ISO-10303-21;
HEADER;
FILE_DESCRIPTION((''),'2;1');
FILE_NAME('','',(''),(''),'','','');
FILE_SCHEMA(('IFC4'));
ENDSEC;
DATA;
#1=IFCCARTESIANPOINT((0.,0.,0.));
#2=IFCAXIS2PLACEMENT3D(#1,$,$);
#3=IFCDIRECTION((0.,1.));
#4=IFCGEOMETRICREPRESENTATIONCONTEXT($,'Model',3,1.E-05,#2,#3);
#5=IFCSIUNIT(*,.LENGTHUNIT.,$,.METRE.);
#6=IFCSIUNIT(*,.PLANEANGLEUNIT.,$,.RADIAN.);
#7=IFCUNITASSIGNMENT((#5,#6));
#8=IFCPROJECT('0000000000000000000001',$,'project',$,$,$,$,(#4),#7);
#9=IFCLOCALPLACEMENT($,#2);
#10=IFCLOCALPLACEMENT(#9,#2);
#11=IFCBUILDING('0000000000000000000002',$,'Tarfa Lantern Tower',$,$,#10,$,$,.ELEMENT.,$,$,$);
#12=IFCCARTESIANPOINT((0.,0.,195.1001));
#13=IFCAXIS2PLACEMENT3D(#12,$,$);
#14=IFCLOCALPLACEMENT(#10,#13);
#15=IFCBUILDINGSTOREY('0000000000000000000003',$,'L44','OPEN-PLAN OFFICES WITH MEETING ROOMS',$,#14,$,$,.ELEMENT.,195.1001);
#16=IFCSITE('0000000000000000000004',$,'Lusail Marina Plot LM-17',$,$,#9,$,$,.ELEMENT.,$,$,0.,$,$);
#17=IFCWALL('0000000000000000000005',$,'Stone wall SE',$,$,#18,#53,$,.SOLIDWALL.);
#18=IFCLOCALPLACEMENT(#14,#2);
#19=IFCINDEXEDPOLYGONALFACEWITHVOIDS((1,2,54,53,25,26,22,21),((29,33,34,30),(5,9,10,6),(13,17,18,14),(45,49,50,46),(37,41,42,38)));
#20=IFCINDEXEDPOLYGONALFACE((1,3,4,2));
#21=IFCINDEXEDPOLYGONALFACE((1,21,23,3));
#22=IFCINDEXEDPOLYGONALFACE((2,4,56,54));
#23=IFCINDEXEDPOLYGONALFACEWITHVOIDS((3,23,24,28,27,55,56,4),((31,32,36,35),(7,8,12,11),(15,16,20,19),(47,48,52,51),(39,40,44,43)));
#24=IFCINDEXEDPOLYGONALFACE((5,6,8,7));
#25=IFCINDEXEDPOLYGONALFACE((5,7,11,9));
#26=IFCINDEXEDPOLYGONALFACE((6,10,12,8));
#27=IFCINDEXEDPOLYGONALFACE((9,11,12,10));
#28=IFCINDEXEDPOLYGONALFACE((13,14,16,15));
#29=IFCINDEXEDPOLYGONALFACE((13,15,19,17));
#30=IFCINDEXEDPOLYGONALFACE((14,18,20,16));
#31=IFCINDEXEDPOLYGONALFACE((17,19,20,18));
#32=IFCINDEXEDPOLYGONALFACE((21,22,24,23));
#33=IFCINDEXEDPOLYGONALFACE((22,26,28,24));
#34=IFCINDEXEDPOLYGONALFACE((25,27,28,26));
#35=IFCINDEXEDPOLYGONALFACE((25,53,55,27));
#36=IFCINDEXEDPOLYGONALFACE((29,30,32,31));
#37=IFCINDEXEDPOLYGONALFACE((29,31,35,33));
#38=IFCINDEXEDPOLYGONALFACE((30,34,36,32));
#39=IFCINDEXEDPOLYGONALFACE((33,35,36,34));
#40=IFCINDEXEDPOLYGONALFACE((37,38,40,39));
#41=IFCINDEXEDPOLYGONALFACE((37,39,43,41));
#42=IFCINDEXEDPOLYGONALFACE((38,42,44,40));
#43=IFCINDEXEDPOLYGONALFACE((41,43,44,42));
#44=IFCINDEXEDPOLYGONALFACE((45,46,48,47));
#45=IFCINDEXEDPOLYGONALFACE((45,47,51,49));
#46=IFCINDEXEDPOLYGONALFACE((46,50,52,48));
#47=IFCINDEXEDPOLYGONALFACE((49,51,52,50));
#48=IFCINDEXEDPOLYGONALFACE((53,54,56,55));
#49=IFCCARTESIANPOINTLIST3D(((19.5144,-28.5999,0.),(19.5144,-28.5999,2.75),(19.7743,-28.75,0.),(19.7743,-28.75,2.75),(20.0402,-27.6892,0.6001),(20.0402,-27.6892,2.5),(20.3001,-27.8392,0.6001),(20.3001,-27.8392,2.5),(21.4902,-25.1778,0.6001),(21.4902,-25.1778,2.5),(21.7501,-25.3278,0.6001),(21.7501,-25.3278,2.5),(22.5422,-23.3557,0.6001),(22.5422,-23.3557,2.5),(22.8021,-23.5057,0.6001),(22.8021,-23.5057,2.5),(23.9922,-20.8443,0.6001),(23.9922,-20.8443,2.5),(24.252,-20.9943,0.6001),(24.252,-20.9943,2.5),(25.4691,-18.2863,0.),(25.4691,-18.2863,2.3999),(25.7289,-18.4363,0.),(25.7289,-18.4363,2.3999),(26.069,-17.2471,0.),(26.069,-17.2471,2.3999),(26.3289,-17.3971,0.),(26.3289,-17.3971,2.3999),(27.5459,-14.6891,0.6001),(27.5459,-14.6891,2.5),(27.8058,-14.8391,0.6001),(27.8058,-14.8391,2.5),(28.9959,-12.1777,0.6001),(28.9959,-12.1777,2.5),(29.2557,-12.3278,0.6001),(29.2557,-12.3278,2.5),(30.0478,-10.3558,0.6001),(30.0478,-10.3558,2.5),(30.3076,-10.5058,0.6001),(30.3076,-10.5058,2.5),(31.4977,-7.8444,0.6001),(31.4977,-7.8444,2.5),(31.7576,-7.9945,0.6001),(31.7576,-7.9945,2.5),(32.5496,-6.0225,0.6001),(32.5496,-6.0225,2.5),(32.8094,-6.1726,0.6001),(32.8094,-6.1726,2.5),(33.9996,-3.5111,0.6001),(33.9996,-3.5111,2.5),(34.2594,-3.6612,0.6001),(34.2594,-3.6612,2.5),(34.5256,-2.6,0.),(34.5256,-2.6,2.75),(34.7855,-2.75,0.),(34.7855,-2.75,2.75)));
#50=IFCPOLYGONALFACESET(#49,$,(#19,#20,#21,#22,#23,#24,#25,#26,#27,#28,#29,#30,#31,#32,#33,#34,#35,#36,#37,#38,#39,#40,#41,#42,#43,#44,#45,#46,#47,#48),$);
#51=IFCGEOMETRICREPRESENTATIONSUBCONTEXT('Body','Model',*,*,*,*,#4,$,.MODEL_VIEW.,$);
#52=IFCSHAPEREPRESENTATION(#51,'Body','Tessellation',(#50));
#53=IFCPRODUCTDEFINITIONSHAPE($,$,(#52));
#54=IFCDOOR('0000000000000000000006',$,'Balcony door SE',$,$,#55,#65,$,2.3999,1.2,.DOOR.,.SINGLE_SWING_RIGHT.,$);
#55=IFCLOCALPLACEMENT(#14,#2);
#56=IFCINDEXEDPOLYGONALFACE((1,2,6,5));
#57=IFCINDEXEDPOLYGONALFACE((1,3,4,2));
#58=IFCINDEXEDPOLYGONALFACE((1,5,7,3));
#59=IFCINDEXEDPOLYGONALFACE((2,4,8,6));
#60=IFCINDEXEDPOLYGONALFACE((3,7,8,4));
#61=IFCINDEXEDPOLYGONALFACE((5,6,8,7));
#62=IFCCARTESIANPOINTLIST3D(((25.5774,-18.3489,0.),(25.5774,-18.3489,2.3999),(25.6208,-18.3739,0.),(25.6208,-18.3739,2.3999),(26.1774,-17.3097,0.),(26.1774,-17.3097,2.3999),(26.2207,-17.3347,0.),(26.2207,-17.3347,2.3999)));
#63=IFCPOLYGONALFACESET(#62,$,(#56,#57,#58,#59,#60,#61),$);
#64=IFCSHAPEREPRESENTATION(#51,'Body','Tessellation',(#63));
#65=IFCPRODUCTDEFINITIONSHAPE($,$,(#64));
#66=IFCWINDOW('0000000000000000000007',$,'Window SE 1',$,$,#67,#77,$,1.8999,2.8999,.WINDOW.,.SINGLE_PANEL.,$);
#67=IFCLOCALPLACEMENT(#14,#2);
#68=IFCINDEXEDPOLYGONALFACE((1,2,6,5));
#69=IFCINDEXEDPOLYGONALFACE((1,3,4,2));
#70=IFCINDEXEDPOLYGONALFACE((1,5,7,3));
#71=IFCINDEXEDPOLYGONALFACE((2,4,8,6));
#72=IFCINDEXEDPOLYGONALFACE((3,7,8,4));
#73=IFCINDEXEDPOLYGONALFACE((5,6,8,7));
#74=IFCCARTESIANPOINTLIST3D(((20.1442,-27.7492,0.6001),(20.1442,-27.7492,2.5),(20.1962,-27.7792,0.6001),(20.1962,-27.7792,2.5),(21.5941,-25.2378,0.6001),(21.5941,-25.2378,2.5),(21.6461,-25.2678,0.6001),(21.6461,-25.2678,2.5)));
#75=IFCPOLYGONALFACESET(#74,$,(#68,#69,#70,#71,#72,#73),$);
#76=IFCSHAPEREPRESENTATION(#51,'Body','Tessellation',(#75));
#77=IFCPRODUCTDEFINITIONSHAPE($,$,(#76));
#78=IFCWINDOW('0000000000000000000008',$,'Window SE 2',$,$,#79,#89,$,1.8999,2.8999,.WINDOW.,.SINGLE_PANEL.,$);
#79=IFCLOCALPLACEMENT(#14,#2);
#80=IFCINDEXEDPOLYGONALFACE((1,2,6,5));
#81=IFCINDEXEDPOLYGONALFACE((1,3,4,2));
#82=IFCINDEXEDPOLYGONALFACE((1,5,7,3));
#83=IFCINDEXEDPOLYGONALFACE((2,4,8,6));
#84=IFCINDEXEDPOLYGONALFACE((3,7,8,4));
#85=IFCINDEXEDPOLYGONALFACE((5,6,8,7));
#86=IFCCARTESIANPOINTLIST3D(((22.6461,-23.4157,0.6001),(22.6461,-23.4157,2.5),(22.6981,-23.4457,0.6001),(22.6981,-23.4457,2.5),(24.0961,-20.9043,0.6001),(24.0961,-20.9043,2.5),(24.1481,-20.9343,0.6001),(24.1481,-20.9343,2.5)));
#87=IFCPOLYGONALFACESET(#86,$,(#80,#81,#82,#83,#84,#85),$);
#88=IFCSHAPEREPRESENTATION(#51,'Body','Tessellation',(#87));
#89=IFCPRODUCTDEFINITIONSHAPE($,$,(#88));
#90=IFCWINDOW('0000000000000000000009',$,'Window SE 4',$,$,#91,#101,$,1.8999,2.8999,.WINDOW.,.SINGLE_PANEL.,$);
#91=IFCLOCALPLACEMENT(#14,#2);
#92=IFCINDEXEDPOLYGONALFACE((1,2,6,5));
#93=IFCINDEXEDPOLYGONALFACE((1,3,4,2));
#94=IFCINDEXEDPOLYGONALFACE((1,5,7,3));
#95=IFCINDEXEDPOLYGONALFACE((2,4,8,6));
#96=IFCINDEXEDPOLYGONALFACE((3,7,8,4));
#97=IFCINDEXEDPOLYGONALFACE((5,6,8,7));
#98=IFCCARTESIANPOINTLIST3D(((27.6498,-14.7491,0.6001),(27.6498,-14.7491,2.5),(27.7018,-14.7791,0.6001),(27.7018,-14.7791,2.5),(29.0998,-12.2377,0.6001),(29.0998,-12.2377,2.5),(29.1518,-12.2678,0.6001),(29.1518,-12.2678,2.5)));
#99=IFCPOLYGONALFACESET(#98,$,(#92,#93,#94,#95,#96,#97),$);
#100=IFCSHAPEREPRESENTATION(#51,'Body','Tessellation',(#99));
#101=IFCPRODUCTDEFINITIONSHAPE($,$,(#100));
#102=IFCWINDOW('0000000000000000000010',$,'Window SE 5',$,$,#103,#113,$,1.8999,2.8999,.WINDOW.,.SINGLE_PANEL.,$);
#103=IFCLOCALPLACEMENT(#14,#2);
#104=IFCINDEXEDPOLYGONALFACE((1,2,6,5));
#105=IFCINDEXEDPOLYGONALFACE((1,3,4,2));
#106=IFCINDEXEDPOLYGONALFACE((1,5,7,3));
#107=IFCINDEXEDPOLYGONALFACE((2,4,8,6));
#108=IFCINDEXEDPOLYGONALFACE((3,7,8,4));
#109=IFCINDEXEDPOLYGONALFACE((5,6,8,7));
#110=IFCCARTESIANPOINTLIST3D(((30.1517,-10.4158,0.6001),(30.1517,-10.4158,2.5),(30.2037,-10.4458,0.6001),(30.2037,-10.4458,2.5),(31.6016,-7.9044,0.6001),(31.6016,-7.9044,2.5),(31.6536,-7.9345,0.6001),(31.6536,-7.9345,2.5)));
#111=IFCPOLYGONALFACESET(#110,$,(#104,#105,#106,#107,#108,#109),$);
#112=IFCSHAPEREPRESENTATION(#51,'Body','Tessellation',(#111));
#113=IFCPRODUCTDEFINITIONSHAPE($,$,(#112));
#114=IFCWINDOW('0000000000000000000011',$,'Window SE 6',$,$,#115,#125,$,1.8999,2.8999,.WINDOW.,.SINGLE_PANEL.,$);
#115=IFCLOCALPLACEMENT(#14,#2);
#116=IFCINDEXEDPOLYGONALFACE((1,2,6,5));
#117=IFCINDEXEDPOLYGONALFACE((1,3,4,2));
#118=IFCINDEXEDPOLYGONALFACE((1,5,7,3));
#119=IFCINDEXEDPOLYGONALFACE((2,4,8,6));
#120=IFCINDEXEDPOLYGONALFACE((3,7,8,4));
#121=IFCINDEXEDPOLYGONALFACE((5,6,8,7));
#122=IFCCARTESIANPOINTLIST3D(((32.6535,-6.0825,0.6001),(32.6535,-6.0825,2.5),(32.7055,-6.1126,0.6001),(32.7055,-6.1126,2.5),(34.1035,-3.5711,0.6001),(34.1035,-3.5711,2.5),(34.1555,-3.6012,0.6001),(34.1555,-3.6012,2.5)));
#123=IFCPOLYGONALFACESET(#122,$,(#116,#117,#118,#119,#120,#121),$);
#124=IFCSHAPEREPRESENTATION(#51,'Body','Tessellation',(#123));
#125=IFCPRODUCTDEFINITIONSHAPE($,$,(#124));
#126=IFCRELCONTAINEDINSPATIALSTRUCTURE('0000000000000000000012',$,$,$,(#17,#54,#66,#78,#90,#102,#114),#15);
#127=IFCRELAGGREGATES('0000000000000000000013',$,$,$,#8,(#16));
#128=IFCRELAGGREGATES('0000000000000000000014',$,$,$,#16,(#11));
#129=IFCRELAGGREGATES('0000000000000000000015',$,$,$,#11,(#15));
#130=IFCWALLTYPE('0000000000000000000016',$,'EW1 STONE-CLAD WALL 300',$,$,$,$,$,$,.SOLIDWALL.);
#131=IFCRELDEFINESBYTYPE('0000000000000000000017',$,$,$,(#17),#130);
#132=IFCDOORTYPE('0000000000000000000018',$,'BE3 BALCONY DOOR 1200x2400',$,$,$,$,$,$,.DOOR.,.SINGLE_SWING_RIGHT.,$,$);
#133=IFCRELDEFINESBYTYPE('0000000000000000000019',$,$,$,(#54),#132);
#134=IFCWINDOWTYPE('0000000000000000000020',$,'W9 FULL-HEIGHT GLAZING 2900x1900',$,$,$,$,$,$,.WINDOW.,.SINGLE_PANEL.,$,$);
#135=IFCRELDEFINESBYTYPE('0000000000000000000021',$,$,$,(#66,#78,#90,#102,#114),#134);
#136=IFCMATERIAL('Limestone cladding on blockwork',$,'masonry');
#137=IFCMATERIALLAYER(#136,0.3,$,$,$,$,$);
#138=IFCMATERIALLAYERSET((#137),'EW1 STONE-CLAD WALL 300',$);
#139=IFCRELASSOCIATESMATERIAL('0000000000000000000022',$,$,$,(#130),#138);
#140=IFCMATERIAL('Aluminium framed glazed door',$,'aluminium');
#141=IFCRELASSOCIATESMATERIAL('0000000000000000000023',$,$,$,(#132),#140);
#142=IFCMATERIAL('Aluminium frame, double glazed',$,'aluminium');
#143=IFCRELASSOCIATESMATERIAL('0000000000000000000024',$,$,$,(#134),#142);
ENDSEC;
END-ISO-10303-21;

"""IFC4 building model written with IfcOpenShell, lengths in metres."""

from ifc_helpers import new_model, si_unit, direction, frame, frame_2d, origin, place, context, subcontext, project, spatial, rectangle, extrude, material, layer, layer_set, type_object, element, fill, save


model = new_model("IFC4")

# Units and contexts
model_context = context("Model", 3, precision=1e-05, world=origin(), true_north=direction((0.0, 1.0)))
body_context = subcontext(model_context, "Body", "Model", "MODEL_VIEW")
ifc_project = project(units=[si_unit("LENGTHUNIT", "METRE"), si_unit("PLANEANGLEUNIT", "RADIAN")], contexts=[model_context])

# Site, building, storey
site_placement = place(None, origin())
site = spatial("IfcSite", under=ifc_project, at=site_placement, Name="Lusail Marina Plot LM-17", CompositionType="ELEMENT", RefElevation=0.0)
building_placement = place(site_placement, origin())
building = spatial("IfcBuilding", under=site, at=building_placement, Name="Tarfa Lantern Tower", CompositionType="ELEMENT")
storey_placement = place(building_placement, frame((0.0, 0.0, 195.1001)))
storey = spatial("IfcBuildingStorey", under=building, at=storey_placement, Name="L44", Description="OPEN-PLAN OFFICES WITH MEETING ROOMS", CompositionType="ELEMENT", Elevation=195.1001)

# Wall, openings, door, windows
ifc_material_1 = material(Name="Limestone cladding on blockwork", Category="masonry")
ifc_layer = layer(ifc_material_1, 0.3)
ifc_layer_set = layer_set([ifc_layer], Name="EW1 STONE-CLAD WALL 300")
wall_type = type_object("IfcWallType", Name="EW1 STONE-CLAD WALL 300", PredefinedType="SOLIDWALL", material=ifc_layer_set)
wall_placement = place(storey_placement, frame((19.6443, -28.675, 0.0), z_axis=(0.0, 0.0, 1.0), x_axis=(0.500003, 0.866024, 0.0)))
wall = element("IfcWall", 1, at=wall_placement, inside=storey, type_object=wall_type, Name="Stone wall SE", PredefinedType="SOLIDWALL", context=body_context, shape_type="SweptSolid", body=[
    extrude(rectangle(XDim=30.0222, YDim=0.3, at=frame_2d((15.0112, 0.0))), origin(), (0.0, 0.0, 1.0), 2.75),
])
opening_1_placement = place(wall_placement, frame((1.0518, 0.0, 0.6001)))
opening_1 = element("IfcOpeningElement", 2, at=opening_1_placement, cuts=wall, PredefinedType="OPENING", context=body_context, shape_type="SweptSolid", body=[
    extrude(rectangle(XDim=2.8999, YDim=1.8999, at=frame_2d((1.45, 0.95))), frame((0.0, 0.1599, 0.0), z_axis=(0.0, -1.0, 0.0), x_axis=(1.0, 0.0, 0.0)), (0.0, 0.0, 1.0), 0.3201),
])
opening_2_placement = place(wall_placement, frame((6.0557, 0.0, 0.6001)))
opening_2 = element("IfcOpeningElement", 3, at=opening_2_placement, cuts=wall, PredefinedType="OPENING", context=body_context, shape_type="SweptSolid", body=[
    extrude(rectangle(XDim=2.8999, YDim=1.8999, at=frame_2d((1.45, 0.95))), frame((0.0, 0.1599, 0.0), z_axis=(0.0, -1.0, 0.0), x_axis=(1.0, 0.0, 0.0)), (0.0, 0.0, 1.0), 0.3201),
])
opening_3_placement = place(wall_placement, frame((11.9092, 0.0, 0.0)))
opening_3 = element("IfcOpeningElement", 4, at=opening_3_placement, cuts=wall, PredefinedType="OPENING", context=body_context, shape_type="SweptSolid", body=[
    extrude(rectangle(XDim=1.2, YDim=2.3999, at=frame_2d((0.6001, 1.2))), frame((0.0, 0.1599, 0.0), z_axis=(0.0, -1.0, 0.0), x_axis=(1.0, 0.0, 0.0)), (0.0, 0.0, 1.0), 0.3201),
])
opening_4_placement = place(wall_placement, frame((16.063, 0.0, 0.6001)))
opening_4 = element("IfcOpeningElement", 5, at=opening_4_placement, cuts=wall, PredefinedType="OPENING", context=body_context, shape_type="SweptSolid", body=[
    extrude(rectangle(XDim=2.8999, YDim=1.8999, at=frame_2d((1.45, 0.95))), frame((0.0, 0.1599, 0.0), z_axis=(0.0, -1.0, 0.0), x_axis=(1.0, 0.0, 0.0)), (0.0, 0.0, 1.0), 0.3201),
])
opening_5_placement = place(wall_placement, frame((21.0667, 0.0, 0.6001)))
opening_5 = element("IfcOpeningElement", 6, at=opening_5_placement, cuts=wall, PredefinedType="OPENING", context=body_context, shape_type="SweptSolid", body=[
    extrude(rectangle(XDim=2.8999, YDim=1.8999, at=frame_2d((1.45, 0.95))), frame((0.0, 0.1599, 0.0), z_axis=(0.0, -1.0, 0.0), x_axis=(1.0, 0.0, 0.0)), (0.0, 0.0, 1.0), 0.3201),
])
opening_6_placement = place(wall_placement, frame((26.0703, 0.0, 0.6001)))
opening_6 = element("IfcOpeningElement", 7, at=opening_6_placement, cuts=wall, PredefinedType="OPENING", context=body_context, shape_type="SweptSolid", body=[
    extrude(rectangle(XDim=2.8999, YDim=1.8999, at=frame_2d((1.45, 0.95))), frame((0.0, 0.1599, 0.0), z_axis=(0.0, -1.0, 0.0), x_axis=(1.0, 0.0, 0.0)), (0.0, 0.0, 1.0), 0.3201),
])
ifc_material_2 = material(Name="Aluminium framed glazed door", Category="aluminium")
door_type = type_object("IfcDoorType", Name="BE3 BALCONY DOOR 1200x2400", OperationType="SINGLE_SWING_RIGHT", PredefinedType="DOOR", material=ifc_material_2)
door_placement = place(opening_3_placement, origin())
door = element("IfcDoor", 8, at=door_placement, inside=storey, type_object=door_type, Name="Balcony door SE", OperationType="SINGLE_SWING_RIGHT", OverallHeight=2.3999, OverallWidth=1.2, PredefinedType="DOOR", context=body_context, shape_type="SweptSolid", body=[
    extrude(rectangle(XDim=1.2, YDim=2.3999, at=frame_2d((0.6001, 1.2))), frame((0.0, 0.0249, 0.0), z_axis=(0.0, -1.0, 0.0), x_axis=(1.0, 0.0, 0.0)), (0.0, 0.0, 1.0), 0.05),
])
fill(opening_3, door)
ifc_material_3 = material(Name="Aluminium frame, double glazed", Category="aluminium")
window_type = type_object("IfcWindowType", Name="W9 FULL-HEIGHT GLAZING 2900x1900", PartitioningType="SINGLE_PANEL", PredefinedType="WINDOW", material=ifc_material_3)
window_1_placement = place(opening_1_placement, origin())
window_1 = element("IfcWindow", 9, at=window_1_placement, inside=storey, type_object=window_type, Name="Window SE 1", OverallHeight=1.8999, OverallWidth=2.8999, PartitioningType="SINGLE_PANEL", PredefinedType="WINDOW", context=body_context, shape_type="SweptSolid", body=[
    extrude(rectangle(XDim=2.8999, YDim=1.8999, at=frame_2d((1.45, 0.95))), frame((0.0, 0.03, 0.0), z_axis=(0.0, -1.0, 0.0), x_axis=(1.0, 0.0, 0.0)), (0.0, 0.0, 1.0), 0.0601),
])
fill(opening_1, window_1)
window_2_placement = place(opening_2_placement, origin())
window_2 = element("IfcWindow", 10, at=window_2_placement, inside=storey, type_object=window_type, Name="Window SE 2", OverallHeight=1.8999, OverallWidth=2.8999, PartitioningType="SINGLE_PANEL", PredefinedType="WINDOW", context=body_context, shape_type="SweptSolid", body=[
    extrude(rectangle(XDim=2.8999, YDim=1.8999, at=frame_2d((1.45, 0.95))), frame((0.0, 0.03, 0.0), z_axis=(0.0, -1.0, 0.0), x_axis=(1.0, 0.0, 0.0)), (0.0, 0.0, 1.0), 0.0601),
])
fill(opening_2, window_2)
window_3_placement = place(opening_4_placement, origin())
window_3 = element("IfcWindow", 11, at=window_3_placement, inside=storey, type_object=window_type, Name="Window SE 4", OverallHeight=1.8999, OverallWidth=2.8999, PartitioningType="SINGLE_PANEL", PredefinedType="WINDOW", context=body_context, shape_type="SweptSolid", body=[
    extrude(rectangle(XDim=2.8999, YDim=1.8999, at=frame_2d((1.45, 0.95))), frame((0.0, 0.03, 0.0), z_axis=(0.0, -1.0, 0.0), x_axis=(1.0, 0.0, 0.0)), (0.0, 0.0, 1.0), 0.0601),
])
fill(opening_4, window_3)
window_4_placement = place(opening_5_placement, origin())
window_4 = element("IfcWindow", 12, at=window_4_placement, inside=storey, type_object=window_type, Name="Window SE 5", OverallHeight=1.8999, OverallWidth=2.8999, PartitioningType="SINGLE_PANEL", PredefinedType="WINDOW", context=body_context, shape_type="SweptSolid", body=[
    extrude(rectangle(XDim=2.8999, YDim=1.8999, at=frame_2d((1.45, 0.95))), frame((0.0, 0.03, 0.0), z_axis=(0.0, -1.0, 0.0), x_axis=(1.0, 0.0, 0.0)), (0.0, 0.0, 1.0), 0.0601),
])
fill(opening_5, window_4)
window_5_placement = place(opening_6_placement, origin())
window_5 = element("IfcWindow", 13, at=window_5_placement, inside=storey, type_object=window_type, Name="Window SE 6", OverallHeight=1.8999, OverallWidth=2.8999, PartitioningType="SINGLE_PANEL", PredefinedType="WINDOW", context=body_context, shape_type="SweptSolid", body=[
    extrude(rectangle(XDim=2.8999, YDim=1.8999, at=frame_2d((1.45, 0.95))), frame((0.0, 0.03, 0.0), z_axis=(0.0, -1.0, 0.0), x_axis=(1.0, 0.0, 0.0)), (0.0, 0.0, 1.0), 0.0601),
])
fill(opening_6, window_5)

save(model, "model.ifc")
